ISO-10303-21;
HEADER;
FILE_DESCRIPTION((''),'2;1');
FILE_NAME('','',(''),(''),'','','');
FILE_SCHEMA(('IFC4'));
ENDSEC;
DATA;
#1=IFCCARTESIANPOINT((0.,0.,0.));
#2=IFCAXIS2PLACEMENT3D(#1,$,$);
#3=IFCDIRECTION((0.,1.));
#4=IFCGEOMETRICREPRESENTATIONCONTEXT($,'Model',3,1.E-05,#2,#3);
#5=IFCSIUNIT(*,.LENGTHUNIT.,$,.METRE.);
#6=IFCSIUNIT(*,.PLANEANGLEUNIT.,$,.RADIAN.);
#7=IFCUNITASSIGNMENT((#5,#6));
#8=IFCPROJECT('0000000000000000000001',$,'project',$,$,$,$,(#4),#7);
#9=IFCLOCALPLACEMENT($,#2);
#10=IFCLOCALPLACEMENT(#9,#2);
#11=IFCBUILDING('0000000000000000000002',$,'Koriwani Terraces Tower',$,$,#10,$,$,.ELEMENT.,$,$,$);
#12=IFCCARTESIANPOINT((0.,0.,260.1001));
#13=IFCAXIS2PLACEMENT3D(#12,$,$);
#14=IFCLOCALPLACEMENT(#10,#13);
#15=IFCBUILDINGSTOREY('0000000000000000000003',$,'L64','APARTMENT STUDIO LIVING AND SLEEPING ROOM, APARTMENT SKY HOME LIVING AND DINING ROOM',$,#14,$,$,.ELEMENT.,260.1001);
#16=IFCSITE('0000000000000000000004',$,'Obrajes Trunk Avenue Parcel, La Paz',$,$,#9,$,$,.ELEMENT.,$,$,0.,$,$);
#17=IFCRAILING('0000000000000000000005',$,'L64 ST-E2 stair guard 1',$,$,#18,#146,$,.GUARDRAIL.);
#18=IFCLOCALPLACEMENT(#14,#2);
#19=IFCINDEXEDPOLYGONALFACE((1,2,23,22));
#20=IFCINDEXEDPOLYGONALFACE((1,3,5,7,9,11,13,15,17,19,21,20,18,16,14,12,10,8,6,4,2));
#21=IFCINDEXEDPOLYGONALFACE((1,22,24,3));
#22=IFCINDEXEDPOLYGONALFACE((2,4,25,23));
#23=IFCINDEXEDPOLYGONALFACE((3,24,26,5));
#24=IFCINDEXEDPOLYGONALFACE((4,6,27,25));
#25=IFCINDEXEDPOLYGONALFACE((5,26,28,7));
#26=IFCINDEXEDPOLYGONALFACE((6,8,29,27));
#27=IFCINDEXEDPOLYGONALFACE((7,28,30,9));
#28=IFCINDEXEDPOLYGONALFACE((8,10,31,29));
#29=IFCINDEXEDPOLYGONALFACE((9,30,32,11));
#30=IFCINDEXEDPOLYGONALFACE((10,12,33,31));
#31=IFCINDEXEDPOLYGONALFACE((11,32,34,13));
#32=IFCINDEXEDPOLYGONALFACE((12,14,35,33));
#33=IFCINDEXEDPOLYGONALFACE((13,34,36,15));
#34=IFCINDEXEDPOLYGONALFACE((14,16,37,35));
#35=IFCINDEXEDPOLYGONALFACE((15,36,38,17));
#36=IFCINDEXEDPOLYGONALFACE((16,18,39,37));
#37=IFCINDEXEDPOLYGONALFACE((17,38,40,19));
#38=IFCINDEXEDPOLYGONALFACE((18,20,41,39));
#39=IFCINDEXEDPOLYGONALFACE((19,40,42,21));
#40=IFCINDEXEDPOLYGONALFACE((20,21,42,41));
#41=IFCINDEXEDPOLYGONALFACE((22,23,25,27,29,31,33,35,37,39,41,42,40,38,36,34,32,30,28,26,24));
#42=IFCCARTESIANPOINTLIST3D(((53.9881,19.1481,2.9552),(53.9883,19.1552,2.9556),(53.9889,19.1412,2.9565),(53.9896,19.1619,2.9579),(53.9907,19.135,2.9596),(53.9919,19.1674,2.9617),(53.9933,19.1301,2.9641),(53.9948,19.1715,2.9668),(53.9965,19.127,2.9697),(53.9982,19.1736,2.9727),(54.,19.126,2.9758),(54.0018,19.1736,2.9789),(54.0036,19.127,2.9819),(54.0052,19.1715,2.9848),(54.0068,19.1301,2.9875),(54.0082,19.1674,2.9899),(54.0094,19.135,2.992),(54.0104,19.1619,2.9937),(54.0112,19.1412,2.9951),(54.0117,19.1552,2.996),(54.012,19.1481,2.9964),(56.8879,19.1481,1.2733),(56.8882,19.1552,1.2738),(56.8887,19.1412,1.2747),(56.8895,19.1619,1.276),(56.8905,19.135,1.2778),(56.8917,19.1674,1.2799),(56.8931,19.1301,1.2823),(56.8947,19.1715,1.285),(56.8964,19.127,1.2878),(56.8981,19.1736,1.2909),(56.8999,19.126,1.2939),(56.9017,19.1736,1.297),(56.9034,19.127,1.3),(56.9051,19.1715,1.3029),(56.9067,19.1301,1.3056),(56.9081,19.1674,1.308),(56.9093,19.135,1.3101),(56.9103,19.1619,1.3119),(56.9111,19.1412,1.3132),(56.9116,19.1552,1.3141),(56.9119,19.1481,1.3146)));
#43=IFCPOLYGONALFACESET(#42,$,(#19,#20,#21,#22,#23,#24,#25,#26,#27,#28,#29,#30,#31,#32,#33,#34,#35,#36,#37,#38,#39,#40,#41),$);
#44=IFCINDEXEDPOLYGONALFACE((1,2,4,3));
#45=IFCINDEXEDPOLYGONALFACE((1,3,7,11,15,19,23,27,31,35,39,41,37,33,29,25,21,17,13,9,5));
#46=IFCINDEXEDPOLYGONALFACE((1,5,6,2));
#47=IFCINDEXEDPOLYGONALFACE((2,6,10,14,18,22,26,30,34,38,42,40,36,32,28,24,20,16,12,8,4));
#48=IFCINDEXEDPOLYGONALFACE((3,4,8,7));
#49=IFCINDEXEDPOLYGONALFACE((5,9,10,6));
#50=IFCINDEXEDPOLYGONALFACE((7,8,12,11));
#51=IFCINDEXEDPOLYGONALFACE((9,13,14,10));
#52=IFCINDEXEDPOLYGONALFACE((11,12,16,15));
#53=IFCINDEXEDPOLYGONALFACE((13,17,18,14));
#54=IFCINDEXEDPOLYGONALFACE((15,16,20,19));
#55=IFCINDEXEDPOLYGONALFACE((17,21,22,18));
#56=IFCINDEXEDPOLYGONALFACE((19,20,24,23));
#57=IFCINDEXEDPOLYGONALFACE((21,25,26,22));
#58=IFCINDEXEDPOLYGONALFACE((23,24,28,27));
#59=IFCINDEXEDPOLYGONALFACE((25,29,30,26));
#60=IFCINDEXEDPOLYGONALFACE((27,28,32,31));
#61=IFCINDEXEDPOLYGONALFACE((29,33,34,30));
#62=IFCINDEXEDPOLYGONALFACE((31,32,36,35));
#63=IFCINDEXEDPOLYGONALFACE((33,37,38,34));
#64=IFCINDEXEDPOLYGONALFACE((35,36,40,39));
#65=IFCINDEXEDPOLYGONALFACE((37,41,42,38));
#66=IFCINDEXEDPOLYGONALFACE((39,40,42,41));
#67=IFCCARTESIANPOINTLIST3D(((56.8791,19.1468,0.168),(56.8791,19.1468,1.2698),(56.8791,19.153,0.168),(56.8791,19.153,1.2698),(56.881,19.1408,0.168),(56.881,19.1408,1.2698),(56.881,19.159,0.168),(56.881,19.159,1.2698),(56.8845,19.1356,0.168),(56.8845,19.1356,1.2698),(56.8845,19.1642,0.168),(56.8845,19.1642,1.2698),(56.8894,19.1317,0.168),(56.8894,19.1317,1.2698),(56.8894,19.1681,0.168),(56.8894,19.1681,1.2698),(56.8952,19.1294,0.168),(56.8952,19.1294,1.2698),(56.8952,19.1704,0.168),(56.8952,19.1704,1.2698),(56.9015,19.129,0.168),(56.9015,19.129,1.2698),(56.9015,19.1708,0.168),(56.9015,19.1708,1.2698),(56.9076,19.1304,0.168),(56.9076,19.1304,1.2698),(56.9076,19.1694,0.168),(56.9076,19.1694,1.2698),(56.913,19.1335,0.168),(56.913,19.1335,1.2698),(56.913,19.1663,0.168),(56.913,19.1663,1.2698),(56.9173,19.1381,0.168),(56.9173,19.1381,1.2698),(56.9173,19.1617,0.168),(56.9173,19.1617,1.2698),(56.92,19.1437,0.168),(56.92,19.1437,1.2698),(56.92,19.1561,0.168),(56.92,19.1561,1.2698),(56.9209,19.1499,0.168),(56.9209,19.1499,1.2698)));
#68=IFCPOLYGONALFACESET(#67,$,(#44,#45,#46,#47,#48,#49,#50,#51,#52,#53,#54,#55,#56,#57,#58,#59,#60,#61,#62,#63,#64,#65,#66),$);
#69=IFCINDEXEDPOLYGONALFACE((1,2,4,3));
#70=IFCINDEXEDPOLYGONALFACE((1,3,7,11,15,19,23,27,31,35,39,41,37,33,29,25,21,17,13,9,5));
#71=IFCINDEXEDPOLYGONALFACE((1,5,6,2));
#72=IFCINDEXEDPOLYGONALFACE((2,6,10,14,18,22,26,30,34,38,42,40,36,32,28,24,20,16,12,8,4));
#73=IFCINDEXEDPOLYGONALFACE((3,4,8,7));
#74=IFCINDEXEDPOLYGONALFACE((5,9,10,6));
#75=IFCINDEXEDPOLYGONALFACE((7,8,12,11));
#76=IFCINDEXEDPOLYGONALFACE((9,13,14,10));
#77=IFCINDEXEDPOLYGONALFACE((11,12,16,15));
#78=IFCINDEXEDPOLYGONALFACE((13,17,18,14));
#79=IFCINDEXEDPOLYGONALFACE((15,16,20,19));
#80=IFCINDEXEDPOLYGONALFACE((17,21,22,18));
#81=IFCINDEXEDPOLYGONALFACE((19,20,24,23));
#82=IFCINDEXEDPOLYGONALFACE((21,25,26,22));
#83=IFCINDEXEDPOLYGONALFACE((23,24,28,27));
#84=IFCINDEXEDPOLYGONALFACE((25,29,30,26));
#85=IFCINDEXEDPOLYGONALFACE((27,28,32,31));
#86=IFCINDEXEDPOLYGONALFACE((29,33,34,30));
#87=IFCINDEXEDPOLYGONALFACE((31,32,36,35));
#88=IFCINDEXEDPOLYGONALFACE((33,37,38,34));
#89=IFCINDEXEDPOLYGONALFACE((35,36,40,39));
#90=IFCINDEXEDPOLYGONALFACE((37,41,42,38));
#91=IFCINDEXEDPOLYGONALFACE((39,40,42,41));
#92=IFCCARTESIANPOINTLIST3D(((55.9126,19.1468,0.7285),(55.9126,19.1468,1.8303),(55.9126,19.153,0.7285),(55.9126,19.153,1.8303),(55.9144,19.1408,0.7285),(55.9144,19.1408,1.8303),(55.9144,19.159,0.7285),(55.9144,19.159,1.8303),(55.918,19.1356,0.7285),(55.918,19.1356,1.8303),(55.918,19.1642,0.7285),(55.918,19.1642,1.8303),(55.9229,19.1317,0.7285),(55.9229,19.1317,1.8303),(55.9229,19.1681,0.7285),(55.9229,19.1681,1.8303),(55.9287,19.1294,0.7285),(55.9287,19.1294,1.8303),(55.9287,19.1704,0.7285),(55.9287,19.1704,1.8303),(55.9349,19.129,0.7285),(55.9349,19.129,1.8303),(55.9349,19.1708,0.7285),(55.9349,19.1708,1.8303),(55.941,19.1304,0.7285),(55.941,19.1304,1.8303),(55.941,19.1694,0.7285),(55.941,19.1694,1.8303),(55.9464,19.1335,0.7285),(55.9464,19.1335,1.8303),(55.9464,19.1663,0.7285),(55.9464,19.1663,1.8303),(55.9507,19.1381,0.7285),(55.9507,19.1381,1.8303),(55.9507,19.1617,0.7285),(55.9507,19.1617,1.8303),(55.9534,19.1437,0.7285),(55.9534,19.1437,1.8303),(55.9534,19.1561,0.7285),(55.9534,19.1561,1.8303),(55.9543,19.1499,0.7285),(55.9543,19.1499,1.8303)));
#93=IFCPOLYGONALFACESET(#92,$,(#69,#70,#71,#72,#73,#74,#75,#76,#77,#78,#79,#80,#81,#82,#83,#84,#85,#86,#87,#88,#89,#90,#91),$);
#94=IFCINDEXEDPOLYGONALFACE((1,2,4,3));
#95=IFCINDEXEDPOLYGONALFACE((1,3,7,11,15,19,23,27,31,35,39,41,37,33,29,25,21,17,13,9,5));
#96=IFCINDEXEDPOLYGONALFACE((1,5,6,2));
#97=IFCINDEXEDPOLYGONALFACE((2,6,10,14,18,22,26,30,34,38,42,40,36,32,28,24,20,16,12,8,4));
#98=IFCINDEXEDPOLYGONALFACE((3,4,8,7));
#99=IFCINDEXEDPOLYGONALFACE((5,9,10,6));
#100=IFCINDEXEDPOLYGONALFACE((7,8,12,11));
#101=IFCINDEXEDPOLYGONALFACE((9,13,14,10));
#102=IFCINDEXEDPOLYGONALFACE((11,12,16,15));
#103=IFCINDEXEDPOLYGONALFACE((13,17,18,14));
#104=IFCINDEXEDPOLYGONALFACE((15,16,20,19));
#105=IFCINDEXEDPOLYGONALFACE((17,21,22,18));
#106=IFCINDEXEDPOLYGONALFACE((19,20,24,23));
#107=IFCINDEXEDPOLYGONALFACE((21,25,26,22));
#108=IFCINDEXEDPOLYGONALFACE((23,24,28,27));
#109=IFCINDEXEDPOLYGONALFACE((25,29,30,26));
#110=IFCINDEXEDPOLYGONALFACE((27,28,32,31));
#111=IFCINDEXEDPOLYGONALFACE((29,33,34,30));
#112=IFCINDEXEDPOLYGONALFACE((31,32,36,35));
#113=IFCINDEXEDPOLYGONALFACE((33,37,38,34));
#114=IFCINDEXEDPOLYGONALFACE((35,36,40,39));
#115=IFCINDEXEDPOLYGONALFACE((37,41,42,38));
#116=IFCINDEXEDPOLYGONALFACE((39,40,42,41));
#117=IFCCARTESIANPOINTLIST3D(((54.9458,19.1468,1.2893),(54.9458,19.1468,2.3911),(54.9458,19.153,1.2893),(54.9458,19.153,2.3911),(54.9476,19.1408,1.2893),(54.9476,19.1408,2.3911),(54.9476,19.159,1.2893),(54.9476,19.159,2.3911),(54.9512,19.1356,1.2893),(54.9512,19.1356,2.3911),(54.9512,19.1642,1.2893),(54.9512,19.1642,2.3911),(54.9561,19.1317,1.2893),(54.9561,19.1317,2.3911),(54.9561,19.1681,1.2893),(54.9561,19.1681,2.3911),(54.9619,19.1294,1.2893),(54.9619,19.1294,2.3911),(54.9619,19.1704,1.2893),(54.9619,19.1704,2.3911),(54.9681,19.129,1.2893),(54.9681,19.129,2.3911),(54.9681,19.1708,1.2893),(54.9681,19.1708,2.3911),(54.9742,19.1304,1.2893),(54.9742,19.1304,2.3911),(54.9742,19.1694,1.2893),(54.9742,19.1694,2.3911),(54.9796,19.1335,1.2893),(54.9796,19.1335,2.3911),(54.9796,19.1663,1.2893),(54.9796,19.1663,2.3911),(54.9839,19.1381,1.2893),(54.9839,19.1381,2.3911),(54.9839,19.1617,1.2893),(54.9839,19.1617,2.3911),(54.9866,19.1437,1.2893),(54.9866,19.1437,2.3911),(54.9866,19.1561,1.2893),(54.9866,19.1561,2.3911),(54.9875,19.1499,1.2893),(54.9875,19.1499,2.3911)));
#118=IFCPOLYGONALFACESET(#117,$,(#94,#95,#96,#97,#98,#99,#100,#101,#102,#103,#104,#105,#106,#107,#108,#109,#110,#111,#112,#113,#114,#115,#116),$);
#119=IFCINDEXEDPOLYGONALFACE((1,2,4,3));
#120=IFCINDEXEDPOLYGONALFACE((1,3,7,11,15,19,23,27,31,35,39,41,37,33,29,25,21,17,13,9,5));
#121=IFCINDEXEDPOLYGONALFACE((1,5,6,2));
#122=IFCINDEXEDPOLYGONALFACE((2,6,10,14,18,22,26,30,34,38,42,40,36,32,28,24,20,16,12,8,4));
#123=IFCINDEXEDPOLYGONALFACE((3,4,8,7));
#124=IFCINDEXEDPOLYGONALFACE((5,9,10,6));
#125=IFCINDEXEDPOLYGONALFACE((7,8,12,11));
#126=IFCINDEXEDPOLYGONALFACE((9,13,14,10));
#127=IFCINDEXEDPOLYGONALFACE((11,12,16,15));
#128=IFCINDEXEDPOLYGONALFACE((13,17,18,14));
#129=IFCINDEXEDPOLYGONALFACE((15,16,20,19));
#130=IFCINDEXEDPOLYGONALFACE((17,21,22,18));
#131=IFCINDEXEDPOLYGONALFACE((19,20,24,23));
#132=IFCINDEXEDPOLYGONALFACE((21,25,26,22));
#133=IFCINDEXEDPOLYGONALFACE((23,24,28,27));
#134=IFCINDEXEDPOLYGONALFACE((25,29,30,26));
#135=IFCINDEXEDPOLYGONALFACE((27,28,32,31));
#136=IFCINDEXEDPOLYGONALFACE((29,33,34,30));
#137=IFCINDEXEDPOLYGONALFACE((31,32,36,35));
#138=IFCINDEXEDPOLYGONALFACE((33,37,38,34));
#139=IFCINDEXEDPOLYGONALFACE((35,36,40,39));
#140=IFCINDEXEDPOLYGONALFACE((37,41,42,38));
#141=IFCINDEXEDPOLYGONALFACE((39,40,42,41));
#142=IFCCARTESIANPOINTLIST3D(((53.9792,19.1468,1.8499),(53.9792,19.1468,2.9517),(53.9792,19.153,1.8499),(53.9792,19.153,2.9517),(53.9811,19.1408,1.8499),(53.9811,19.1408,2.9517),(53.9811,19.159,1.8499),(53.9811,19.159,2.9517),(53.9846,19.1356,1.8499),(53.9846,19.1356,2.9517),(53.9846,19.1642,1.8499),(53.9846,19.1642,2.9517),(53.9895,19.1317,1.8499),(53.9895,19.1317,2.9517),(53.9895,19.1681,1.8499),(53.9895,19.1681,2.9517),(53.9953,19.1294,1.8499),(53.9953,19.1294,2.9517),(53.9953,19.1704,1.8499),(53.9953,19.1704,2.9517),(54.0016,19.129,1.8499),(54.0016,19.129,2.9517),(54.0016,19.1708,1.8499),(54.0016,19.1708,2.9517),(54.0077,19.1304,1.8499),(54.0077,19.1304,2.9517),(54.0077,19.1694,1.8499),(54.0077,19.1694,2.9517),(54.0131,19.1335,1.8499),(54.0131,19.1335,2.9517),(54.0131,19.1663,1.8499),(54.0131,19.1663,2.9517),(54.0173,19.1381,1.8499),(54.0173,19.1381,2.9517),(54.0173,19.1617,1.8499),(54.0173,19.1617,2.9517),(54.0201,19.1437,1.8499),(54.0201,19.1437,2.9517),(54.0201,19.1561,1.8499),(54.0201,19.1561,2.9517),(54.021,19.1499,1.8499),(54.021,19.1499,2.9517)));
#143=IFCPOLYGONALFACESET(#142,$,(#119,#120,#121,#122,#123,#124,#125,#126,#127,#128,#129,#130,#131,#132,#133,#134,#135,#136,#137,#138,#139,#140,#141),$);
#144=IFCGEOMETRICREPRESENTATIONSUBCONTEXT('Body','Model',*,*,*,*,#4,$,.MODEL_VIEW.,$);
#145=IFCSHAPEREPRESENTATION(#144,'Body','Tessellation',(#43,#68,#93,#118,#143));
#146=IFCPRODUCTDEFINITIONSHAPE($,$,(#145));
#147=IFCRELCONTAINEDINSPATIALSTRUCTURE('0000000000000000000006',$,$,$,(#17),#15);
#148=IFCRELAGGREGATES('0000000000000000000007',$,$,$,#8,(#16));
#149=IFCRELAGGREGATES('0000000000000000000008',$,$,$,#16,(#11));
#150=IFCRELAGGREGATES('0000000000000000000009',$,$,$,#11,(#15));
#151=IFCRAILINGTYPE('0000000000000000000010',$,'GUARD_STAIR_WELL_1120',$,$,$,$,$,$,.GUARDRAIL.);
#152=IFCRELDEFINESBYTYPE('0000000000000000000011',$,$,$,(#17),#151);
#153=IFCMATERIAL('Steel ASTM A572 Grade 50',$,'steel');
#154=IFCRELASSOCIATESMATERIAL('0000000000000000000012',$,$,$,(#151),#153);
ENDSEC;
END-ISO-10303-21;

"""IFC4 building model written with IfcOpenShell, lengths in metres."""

from ifc_helpers import new_model, si_unit, direction, frame, origin, origin_2d, place, context, subcontext, project, spatial, circle, extrude, material, type_object, element, save


model = new_model("IFC4")

# Units and contexts
model_context = context("Model", 3, precision=1e-05, world=origin(), true_north=direction((0.0, 1.0)))
body_context = subcontext(model_context, "Body", "Model", "MODEL_VIEW")
ifc_project = project(units=[si_unit("LENGTHUNIT", "METRE"), si_unit("PLANEANGLEUNIT", "RADIAN")], contexts=[model_context])

# Site, building, storey
site_placement = place(None, origin())
site = spatial("IfcSite", under=ifc_project, at=site_placement, Name="Obrajes Trunk Avenue Parcel, La Paz", CompositionType="ELEMENT", RefElevation=0.0)
building_placement = place(site_placement, origin())
building = spatial("IfcBuilding", under=site, at=building_placement, Name="Koriwani Terraces Tower", CompositionType="ELEMENT")
storey_placement = place(building_placement, frame((0.0, 0.0, 260.1001)))
storey = spatial("IfcBuildingStorey", under=building, at=storey_placement, Name="L64", Description="APARTMENT STUDIO LIVING AND SLEEPING ROOM, APARTMENT SKY HOME LIVING AND DINING ROOM", CompositionType="ELEMENT", Elevation=260.1001)

# Shared definitions
ifc_material_1 = material(Name="Steel ASTM A572 Grade 50", Category="steel")

# Railing
railing_type_1 = type_object("IfcRailingType", Name="GUARD_STAIR_WELL_1120", PredefinedType="GUARDRAIL", material=ifc_material_1)
railing_1_placement = place(storey_placement, frame((56.8999, 19.1499, 0.168)))
element("IfcRailing", 1, at=railing_1_placement, inside=storey, type_object=railing_type_1, Name="L64 ST-E2 stair guard 1", PredefinedType="GUARDRAIL", context=body_context, shape_type="SweptSolid", body=[
    extrude(circle(Radius=0.0239, at=origin_2d()), frame((0.0, 0.0, 1.126), z_axis=(-0.865039, 0.0, 0.501705), x_axis=(0.0, -1.0, 0.0)), (0.0, 0.0, 1.0), 3.3523),
    extrude(circle(Radius=0.021, at=origin_2d()), origin(), (0.0, 0.0, 1.0), 1.1018),
    extrude(circle(Radius=0.021, at=origin_2d()), frame((-0.9666, 0.0, 0.5605)), (0.0, 0.0, 1.0), 1.1018),
    extrude(circle(Radius=0.021, at=origin_2d()), frame((-1.9333, 0.0, 1.1213)), (0.0, 0.0, 1.0), 1.1018),
    extrude(circle(Radius=0.021, at=origin_2d()), frame((-2.8999, 0.0, 1.6819)), (0.0, 0.0, 1.0), 1.1018),
])

save(model, "model.ifc")
